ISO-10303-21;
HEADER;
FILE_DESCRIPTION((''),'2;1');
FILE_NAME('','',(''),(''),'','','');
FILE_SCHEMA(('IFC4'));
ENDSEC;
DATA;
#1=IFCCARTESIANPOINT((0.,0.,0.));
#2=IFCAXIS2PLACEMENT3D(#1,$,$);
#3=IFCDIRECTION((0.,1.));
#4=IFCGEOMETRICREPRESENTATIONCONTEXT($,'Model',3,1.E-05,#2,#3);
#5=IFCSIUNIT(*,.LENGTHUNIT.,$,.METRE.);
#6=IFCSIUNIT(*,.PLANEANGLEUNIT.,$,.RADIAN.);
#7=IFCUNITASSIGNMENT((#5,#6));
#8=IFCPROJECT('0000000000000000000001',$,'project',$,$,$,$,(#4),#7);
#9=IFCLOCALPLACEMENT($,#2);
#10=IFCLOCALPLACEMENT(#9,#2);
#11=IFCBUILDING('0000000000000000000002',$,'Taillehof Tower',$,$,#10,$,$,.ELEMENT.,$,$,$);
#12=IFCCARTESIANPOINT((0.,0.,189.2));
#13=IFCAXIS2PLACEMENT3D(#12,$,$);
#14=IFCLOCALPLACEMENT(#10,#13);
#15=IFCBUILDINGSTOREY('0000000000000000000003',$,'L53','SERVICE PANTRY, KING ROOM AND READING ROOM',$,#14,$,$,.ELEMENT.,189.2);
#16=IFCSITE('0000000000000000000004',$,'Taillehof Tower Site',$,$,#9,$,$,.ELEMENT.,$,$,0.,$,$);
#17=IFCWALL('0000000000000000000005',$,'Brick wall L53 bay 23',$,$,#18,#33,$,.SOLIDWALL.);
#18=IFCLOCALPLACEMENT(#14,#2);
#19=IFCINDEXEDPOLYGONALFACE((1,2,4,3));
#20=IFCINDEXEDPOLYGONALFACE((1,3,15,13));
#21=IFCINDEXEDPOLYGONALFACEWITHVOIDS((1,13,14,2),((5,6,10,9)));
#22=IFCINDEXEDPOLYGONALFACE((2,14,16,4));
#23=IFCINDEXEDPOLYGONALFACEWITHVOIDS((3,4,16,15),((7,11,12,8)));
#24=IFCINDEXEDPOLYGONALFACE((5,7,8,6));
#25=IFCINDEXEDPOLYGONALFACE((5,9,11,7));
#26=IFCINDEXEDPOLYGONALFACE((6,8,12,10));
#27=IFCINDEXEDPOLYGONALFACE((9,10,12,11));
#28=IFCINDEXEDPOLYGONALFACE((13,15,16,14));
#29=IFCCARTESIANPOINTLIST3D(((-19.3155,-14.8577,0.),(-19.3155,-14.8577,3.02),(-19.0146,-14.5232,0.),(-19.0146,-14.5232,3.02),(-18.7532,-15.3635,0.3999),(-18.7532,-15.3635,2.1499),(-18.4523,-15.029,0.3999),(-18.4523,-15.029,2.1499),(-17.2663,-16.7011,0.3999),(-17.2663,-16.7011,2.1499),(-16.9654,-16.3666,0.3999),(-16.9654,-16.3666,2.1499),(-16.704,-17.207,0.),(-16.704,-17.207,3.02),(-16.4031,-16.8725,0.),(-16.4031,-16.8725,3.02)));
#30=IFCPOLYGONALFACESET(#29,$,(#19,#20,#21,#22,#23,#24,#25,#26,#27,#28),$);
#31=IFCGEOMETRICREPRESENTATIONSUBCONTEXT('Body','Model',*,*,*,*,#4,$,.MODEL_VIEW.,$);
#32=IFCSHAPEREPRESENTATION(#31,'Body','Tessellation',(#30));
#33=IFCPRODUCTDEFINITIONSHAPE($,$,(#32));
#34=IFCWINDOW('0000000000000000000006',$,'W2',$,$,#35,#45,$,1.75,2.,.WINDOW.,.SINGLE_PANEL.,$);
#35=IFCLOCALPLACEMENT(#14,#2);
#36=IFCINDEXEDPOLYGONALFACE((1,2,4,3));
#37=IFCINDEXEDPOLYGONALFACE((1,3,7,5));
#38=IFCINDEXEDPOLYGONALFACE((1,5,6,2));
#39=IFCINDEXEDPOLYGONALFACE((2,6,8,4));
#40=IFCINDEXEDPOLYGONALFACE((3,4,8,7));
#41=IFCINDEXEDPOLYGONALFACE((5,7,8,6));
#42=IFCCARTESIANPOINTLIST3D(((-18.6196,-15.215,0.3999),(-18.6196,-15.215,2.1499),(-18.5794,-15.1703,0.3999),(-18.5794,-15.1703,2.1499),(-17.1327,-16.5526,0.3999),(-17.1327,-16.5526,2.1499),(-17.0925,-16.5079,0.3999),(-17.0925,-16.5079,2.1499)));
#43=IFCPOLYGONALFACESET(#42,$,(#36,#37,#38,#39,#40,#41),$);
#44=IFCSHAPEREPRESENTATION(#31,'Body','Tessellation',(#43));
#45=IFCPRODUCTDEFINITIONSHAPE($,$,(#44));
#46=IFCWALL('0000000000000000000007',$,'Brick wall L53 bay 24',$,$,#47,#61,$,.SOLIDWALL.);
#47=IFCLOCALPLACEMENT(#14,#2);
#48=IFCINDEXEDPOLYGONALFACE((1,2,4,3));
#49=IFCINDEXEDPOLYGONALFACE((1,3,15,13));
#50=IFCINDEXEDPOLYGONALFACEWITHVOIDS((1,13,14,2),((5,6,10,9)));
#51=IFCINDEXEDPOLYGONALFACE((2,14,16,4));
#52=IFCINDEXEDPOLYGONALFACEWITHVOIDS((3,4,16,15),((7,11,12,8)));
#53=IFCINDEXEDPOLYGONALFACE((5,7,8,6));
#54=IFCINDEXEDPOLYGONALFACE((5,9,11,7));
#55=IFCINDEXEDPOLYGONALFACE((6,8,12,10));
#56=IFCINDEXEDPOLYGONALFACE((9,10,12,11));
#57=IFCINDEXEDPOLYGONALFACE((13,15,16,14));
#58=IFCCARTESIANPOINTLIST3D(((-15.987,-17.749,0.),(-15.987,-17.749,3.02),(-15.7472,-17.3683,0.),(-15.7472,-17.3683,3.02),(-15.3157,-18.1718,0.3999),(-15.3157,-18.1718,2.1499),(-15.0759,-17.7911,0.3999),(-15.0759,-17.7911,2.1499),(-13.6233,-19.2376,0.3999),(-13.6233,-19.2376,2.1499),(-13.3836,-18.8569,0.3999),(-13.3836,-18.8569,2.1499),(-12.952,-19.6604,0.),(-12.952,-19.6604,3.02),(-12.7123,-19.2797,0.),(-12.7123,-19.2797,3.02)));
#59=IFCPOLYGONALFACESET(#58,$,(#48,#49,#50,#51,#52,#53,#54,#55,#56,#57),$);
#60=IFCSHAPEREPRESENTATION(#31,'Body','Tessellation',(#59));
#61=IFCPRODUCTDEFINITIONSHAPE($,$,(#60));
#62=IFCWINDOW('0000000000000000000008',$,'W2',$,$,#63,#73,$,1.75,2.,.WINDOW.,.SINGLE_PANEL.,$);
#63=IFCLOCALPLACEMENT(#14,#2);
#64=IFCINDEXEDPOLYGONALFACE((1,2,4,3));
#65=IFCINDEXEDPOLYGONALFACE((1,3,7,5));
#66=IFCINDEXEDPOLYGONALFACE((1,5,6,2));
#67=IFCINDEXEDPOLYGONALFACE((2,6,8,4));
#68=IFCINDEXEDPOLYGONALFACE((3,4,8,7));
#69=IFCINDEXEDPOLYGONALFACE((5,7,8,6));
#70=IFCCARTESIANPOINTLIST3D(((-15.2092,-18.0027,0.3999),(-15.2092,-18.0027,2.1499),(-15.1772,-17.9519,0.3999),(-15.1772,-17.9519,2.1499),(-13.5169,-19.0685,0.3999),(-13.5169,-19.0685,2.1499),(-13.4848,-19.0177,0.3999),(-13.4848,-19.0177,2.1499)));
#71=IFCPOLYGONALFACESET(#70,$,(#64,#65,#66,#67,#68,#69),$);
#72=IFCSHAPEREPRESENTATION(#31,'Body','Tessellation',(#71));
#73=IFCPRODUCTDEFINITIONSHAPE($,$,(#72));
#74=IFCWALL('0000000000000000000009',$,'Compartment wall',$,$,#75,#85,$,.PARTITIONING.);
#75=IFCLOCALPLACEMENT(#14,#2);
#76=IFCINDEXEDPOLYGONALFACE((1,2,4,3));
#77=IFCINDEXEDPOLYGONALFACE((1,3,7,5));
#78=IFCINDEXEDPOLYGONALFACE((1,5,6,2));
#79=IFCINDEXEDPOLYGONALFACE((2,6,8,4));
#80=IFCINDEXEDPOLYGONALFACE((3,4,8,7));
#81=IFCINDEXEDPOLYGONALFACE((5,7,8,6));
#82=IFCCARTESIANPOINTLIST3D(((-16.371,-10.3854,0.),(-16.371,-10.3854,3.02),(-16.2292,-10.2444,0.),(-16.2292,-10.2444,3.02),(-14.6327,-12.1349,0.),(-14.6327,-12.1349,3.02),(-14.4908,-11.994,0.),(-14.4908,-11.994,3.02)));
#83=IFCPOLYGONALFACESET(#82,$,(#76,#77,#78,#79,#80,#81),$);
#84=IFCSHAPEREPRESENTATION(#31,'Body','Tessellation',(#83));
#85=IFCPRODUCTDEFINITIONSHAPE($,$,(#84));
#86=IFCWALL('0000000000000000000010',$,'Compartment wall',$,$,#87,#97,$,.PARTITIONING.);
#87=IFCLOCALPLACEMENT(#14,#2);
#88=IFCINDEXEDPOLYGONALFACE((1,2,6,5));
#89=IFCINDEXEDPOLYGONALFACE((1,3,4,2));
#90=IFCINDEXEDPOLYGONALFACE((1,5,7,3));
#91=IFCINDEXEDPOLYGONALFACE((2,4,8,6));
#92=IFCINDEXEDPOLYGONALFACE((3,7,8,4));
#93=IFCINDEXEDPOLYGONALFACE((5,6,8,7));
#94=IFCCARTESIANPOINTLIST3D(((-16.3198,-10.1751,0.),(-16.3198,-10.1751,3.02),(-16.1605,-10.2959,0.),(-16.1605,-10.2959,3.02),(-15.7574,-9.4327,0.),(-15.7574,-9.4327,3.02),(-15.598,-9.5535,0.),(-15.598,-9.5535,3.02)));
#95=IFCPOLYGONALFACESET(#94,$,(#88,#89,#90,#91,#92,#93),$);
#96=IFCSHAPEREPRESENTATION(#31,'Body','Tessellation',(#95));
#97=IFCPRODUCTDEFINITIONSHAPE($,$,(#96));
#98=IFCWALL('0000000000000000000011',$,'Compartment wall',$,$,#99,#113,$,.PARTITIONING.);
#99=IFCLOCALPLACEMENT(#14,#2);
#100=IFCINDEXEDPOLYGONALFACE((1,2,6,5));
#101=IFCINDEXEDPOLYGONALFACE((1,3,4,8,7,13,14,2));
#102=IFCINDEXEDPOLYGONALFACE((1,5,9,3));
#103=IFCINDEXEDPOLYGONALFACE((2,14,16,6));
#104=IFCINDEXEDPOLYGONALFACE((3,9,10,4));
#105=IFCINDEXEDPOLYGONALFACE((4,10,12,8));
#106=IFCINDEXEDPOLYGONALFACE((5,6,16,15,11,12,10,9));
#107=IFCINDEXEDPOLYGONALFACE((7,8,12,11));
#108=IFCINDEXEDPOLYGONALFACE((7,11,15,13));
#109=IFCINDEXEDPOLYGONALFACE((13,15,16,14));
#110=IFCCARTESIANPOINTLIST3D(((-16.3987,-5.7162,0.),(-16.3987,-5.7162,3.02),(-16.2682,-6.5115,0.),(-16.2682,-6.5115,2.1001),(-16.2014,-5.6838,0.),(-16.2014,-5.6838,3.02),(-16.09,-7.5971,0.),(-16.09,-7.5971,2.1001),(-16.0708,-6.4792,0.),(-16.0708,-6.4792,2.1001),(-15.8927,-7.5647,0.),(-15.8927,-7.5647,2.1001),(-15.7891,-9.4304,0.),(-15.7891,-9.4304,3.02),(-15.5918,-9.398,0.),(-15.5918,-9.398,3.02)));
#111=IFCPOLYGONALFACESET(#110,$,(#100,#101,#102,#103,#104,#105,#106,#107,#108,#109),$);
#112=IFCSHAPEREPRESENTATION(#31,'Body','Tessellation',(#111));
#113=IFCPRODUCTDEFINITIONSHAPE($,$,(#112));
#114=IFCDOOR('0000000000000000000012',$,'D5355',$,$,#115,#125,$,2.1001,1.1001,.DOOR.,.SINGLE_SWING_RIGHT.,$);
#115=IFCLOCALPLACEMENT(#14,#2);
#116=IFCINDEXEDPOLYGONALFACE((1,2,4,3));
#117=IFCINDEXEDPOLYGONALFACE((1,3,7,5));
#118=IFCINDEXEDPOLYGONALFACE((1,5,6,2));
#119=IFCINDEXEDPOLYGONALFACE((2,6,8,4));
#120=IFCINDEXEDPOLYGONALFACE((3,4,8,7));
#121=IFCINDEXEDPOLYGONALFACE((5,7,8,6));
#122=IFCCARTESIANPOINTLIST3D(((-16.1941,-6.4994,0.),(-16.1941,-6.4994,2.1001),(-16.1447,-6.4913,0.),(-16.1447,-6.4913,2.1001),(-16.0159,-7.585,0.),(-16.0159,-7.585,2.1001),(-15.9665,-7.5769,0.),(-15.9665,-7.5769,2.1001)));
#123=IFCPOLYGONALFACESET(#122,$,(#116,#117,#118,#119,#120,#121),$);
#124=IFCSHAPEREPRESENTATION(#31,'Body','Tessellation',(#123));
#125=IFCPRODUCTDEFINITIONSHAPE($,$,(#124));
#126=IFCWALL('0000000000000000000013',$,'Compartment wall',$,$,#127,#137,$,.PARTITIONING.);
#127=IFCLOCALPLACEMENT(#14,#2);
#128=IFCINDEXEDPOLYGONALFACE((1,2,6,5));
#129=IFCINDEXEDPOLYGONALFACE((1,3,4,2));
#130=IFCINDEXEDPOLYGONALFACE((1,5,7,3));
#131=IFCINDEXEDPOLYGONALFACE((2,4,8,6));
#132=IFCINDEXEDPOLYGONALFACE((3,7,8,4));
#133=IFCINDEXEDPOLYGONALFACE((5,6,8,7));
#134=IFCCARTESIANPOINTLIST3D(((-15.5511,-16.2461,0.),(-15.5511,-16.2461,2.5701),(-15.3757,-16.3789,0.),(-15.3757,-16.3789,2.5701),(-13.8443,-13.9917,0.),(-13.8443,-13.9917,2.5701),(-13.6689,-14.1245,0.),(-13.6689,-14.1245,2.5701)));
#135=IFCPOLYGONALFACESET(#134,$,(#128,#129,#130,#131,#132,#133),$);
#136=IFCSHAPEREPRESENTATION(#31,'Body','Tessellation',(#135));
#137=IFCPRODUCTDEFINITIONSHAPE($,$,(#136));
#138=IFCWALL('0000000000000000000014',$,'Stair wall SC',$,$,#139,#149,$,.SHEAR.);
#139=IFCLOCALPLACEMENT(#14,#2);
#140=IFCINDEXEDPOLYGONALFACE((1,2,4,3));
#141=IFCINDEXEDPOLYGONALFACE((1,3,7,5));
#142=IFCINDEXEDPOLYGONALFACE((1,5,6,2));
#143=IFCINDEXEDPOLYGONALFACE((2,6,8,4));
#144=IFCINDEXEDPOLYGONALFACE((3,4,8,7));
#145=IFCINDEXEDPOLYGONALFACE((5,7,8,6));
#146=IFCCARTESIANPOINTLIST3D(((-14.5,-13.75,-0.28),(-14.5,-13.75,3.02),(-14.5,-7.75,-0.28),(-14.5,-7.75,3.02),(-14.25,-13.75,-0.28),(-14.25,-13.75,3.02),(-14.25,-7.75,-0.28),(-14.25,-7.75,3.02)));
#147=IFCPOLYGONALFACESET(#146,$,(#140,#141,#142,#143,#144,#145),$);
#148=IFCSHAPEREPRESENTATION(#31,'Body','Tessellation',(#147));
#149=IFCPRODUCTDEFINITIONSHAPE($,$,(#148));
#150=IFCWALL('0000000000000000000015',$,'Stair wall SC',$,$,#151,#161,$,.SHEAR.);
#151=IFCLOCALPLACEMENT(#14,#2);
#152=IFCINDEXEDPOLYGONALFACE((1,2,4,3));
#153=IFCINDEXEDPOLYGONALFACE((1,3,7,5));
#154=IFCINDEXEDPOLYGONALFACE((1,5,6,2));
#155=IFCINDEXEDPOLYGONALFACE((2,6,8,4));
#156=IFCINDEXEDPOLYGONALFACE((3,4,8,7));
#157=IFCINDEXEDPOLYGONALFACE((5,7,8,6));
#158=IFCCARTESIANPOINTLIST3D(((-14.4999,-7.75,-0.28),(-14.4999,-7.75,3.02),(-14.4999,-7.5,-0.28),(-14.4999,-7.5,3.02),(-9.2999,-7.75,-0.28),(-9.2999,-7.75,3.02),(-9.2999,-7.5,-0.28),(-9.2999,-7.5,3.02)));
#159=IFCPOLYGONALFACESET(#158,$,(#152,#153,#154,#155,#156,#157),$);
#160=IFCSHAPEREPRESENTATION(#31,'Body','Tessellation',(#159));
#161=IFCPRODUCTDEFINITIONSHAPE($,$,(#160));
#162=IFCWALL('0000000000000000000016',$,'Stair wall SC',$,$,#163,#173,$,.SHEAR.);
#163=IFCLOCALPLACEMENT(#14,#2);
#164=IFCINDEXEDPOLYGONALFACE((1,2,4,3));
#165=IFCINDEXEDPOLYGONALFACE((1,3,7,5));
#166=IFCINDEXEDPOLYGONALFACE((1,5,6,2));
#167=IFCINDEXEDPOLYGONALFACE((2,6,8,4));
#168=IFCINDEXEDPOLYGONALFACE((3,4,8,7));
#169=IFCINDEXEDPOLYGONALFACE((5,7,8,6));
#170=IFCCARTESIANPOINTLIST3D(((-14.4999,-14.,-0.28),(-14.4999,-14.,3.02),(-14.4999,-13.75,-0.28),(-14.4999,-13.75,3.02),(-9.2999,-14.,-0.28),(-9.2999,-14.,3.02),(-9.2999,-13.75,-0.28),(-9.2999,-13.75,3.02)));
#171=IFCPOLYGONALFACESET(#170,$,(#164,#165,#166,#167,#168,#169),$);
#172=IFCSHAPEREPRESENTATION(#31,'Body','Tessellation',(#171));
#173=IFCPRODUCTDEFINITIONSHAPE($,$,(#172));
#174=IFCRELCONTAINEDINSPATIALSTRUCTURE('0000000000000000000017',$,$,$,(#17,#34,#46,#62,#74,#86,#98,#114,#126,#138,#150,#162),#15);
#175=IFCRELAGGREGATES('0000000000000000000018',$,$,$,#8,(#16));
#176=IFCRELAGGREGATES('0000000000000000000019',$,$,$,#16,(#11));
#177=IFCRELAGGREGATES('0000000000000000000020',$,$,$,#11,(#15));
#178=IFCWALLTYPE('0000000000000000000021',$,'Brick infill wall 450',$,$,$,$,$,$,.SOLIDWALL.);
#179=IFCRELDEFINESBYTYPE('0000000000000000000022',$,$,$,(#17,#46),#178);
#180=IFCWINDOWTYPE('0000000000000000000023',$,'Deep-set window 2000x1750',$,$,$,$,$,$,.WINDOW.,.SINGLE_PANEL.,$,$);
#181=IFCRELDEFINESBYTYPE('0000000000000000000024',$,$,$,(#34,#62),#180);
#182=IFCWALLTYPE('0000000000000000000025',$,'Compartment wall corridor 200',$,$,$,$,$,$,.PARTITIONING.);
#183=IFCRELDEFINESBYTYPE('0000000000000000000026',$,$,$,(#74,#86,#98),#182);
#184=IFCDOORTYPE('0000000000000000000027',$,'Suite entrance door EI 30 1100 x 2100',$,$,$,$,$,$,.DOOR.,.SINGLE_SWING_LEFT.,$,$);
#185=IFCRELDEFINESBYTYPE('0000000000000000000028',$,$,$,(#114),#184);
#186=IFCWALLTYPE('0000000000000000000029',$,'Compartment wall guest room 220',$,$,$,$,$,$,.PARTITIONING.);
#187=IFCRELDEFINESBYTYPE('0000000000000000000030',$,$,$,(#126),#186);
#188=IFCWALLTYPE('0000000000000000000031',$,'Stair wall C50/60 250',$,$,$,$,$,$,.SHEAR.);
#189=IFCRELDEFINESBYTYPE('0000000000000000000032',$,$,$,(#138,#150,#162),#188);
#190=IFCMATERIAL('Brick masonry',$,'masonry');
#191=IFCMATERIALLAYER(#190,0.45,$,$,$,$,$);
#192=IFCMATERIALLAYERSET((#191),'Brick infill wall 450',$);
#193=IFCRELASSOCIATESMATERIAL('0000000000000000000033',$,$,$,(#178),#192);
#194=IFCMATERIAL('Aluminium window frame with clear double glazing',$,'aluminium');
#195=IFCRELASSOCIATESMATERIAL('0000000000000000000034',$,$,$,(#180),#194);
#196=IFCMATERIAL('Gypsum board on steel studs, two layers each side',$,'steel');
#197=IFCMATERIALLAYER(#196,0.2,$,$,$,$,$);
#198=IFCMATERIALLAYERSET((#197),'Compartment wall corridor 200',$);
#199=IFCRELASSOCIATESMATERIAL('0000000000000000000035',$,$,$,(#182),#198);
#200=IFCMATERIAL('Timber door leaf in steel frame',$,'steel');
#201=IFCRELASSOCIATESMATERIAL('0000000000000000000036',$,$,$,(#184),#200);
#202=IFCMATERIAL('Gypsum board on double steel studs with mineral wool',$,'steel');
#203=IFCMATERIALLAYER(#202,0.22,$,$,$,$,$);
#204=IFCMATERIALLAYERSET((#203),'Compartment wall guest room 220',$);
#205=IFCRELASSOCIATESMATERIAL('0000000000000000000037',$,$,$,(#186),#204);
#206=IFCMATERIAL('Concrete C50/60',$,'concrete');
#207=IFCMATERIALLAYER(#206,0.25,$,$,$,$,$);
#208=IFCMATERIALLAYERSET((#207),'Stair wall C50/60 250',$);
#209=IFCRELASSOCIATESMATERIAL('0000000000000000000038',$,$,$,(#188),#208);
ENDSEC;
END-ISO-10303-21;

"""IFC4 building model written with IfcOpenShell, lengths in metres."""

from ifc_helpers import new_model, si_unit, direction, frame, frame_2d, origin, place, context, subcontext, project, spatial, rectangle, extrude, material, layer, layer_set, type_object, element, fill, save


model = new_model("IFC4")

# Units and contexts
model_context = context("Model", 3, precision=1e-05, world=origin(), true_north=direction((0.0, 1.0)))
body_context = subcontext(model_context, "Body", "Model", "MODEL_VIEW")
ifc_project = project(units=[si_unit("LENGTHUNIT", "METRE"), si_unit("PLANEANGLEUNIT", "RADIAN")], contexts=[model_context])

# Site, building, storey
site_placement = place(None, origin())
site = spatial("IfcSite", under=ifc_project, at=site_placement, Name="Taillehof Tower Site", CompositionType="ELEMENT", RefElevation=0.0)
building_placement = place(site_placement, origin())
building = spatial("IfcBuilding", under=site, at=building_placement, Name="Taillehof Tower", CompositionType="ELEMENT")
storey_placement = place(building_placement, frame((0.0, 0.0, 189.2)))
storey = spatial("IfcBuildingStorey", under=building, at=storey_placement, Name="L53", Description="SERVICE PANTRY, KING ROOM AND READING ROOM", CompositionType="ELEMENT", Elevation=189.2)

# Walls, openings, windows
ifc_material_1 = material(Name="Brick masonry", Category="masonry")
ifc_layer_1 = layer(ifc_material_1, 0.45)
ifc_layer_set_1 = layer_set([ifc_layer_1], Name="Brick infill wall 450")
wall_type_1 = type_object("IfcWallType", Name="Brick infill wall 450", PredefinedType="SOLIDWALL", material=ifc_layer_set_1)
ifc_material_2 = material(Name="Aluminium window frame with clear double glazing", Category="aluminium")
window_type = type_object("IfcWindowType", Name="Deep-set window 2000x1750", PartitioningType="SINGLE_PANEL", PredefinedType="WINDOW", material=ifc_material_2)
wall_1_placement = place(storey_placement, frame((-19.165, -14.6904, 0.0), z_axis=(0.0, 0.0, 1.0), x_axis=(0.743443, -0.6688, 0.0)))
wall_1 = element("IfcWall", 1, at=wall_1_placement, inside=storey, type_object=wall_type_1, Name="Brick wall L53 bay 23", PredefinedType="SOLIDWALL", context=body_context, shape_type="SweptSolid", body=[
    extrude(rectangle(XDim=3.5127, YDim=0.45, at=frame_2d((1.7563, 0.0))), origin(), (0.0, 0.0, 1.0), 3.02),
])
opening_1_placement = place(wall_1_placement, frame((0.7563, 0.0, 0.3999)))
opening_1 = element("IfcOpeningElement", 2, at=opening_1_placement, cuts=wall_1, PredefinedType="OPENING", context=body_context, shape_type="SweptSolid", body=[
    extrude(rectangle(XDim=2.0, YDim=1.75, at=frame_2d((1.0, 0.875))), frame((0.0, 0.2349, 0.0), z_axis=(0.0, -1.0, 0.0), x_axis=(1.0, 0.0, 0.0)), (0.0, 0.0, 1.0), 0.47),
])
window_1_placement = place(opening_1_placement, origin())
window_1 = element("IfcWindow", 3, at=window_1_placement, inside=storey, type_object=window_type, Name="W2", OverallHeight=1.75, OverallWidth=2.0, PartitioningType="SINGLE_PANEL", PredefinedType="WINDOW", context=body_context, shape_type="SweptSolid", body=[
    extrude(rectangle(XDim=2.0, YDim=1.75, at=frame_2d((1.0, 0.875))), frame((0.0, 0.0349, 0.0), z_axis=(0.0, -1.0, 0.0), x_axis=(1.0, 0.0, 0.0)), (0.0, 0.0, 1.0), 0.0601),
])
fill(opening_1, window_1)
wall_2_placement = place(storey_placement, frame((-15.8672, -17.5586, 0.0), z_axis=(0.0, 0.0, 1.0), x_axis=(0.846169, -0.532914, 0.0)))
wall_2 = element("IfcWall", 4, at=wall_2_placement, inside=storey, type_object=wall_type_1, Name="Brick wall L53 bay 24", PredefinedType="SOLIDWALL", context=body_context, shape_type="SweptSolid", body=[
    extrude(rectangle(XDim=3.5867, YDim=0.45, at=frame_2d((1.7935, 0.0))), origin(), (0.0, 0.0, 1.0), 3.02),
])
opening_2_placement = place(wall_2_placement, frame((0.7935, 0.0, 0.3999)))
opening_2 = element("IfcOpeningElement", 5, at=opening_2_placement, cuts=wall_2, PredefinedType="OPENING", context=body_context, shape_type="SweptSolid", body=[
    extrude(rectangle(XDim=2.0, YDim=1.75, at=frame_2d((1.0, 0.875))), frame((0.0, 0.2349, 0.0), z_axis=(0.0, -1.0, 0.0), x_axis=(1.0, 0.0, 0.0)), (0.0, 0.0, 1.0), 0.47),
])
window_2_placement = place(opening_2_placement, origin())
window_2 = element("IfcWindow", 6, at=window_2_placement, inside=storey, type_object=window_type, Name="W2", OverallHeight=1.75, OverallWidth=2.0, PartitioningType="SINGLE_PANEL", PredefinedType="WINDOW", context=body_context, shape_type="SweptSolid", body=[
    extrude(rectangle(XDim=2.0, YDim=1.75, at=frame_2d((1.0, 0.875))), frame((0.0, 0.0349, 0.0), z_axis=(0.0, -1.0, 0.0), x_axis=(1.0, 0.0, 0.0)), (0.0, 0.0, 1.0), 0.0601),
])
fill(opening_2, window_2)

# Walls
ifc_material_3 = material(Name="Gypsum board on steel studs, two layers each side", Category="steel")
ifc_layer_2 = layer(ifc_material_3, 0.2)
ifc_layer_set_2 = layer_set([ifc_layer_2], Name="Compartment wall corridor 200")
wall_type_2 = type_object("IfcWallType", Name="Compartment wall corridor 200", PredefinedType="PARTITIONING", material=ifc_layer_set_2)
wall_3_placement = place(storey_placement, frame((-14.5618, -12.0645, 0.0), z_axis=(0.0, 0.0, 1.0), x_axis=(-0.704826, 0.70938, 0.0)))
element("IfcWall", 7, at=wall_3_placement, inside=storey, type_object=wall_type_2, Name="Compartment wall", PredefinedType="PARTITIONING", context=body_context, shape_type="SweptSolid", body=[
    extrude(rectangle(XDim=2.4663, YDim=0.2, at=frame_2d((1.2332, 0.0))), origin(), (0.0, 0.0, 1.0), 3.02),
])
wall_4_placement = place(storey_placement, frame((-16.2402, -10.2356, 0.0), z_axis=(0.0, 0.0, 1.0), x_axis=(0.603893, 0.797065, 0.0)))
element("IfcWall", 8, at=wall_4_placement, inside=storey, type_object=wall_type_2, Name="Compartment wall", PredefinedType="PARTITIONING", context=body_context, shape_type="SweptSolid", body=[
    extrude(rectangle(XDim=0.9314, YDim=0.2, at=frame_2d((0.4658, 0.0))), origin(), (0.0, 0.0, 1.0), 3.02),
])

# Wall, opening, door
wall_5_placement = place(storey_placement, frame((-15.6904, -9.4141, 0.0), z_axis=(0.0, 0.0, 1.0), x_axis=(-0.161969, 0.986796, 0.0)))
wall_5 = element("IfcWall", 9, at=wall_5_placement, inside=storey, type_object=wall_type_2, Name="Compartment wall", PredefinedType="PARTITIONING", context=body_context, shape_type="SweptSolid", body=[
    extrude(rectangle(XDim=3.7639, YDim=0.2, at=frame_2d((1.8818, 0.0))), origin(), (0.0, 0.0, 1.0), 3.02),
])
opening_3_placement = place(wall_5_placement, frame((1.8577, 0.0, 0.0)))
opening_3 = element("IfcOpeningElement", 10, at=opening_3_placement, cuts=wall_5, PredefinedType="OPENING", context=body_context, shape_type="SweptSolid", body=[
    extrude(rectangle(XDim=1.1001, YDim=2.1001, at=frame_2d((0.55, 1.05))), frame((0.0, 0.1099, 0.0), z_axis=(0.0, -1.0, 0.0), x_axis=(1.0, 0.0, 0.0)), (0.0, 0.0, 1.0), 0.22),
])
ifc_material_4 = material(Name="Timber door leaf in steel frame", Category="steel")
door_type = type_object("IfcDoorType", Name="Suite entrance door EI 30 1100 x 2100", OperationType="SINGLE_SWING_LEFT", PredefinedType="DOOR", material=ifc_material_4)
door_placement = place(opening_3_placement, origin())
door = element("IfcDoor", 11, at=door_placement, inside=storey, type_object=door_type, Name="D5355", OperationType="SINGLE_SWING_RIGHT", OverallHeight=2.1001, OverallWidth=1.1001, PredefinedType="DOOR", context=body_context, shape_type="SweptSolid", body=[
    extrude(rectangle(XDim=1.1001, YDim=2.1001, at=frame_2d((0.55, 1.05))), frame((0.0, 0.0249, 0.0), z_axis=(0.0, -1.0, 0.0), x_axis=(1.0, 0.0, 0.0)), (0.0, 0.0, 1.0), 0.05),
])
fill(opening_3, door)

# Walls
ifc_material_5 = material(Name="Gypsum board on double steel studs with mineral wool", Category="steel")
ifc_layer_3 = layer(ifc_material_5, 0.22)
ifc_layer_set_3 = layer_set([ifc_layer_3], Name="Compartment wall guest room 220")
wall_type_3 = type_object("IfcWallType", Name="Compartment wall guest room 220", PredefinedType="PARTITIONING", material=ifc_layer_set_3)
wall_6_placement = place(storey_placement, frame((-15.4634, -16.3125, 0.0), z_axis=(0.0, 0.0, 1.0), x_axis=(0.603613, 0.797277, 0.0)))
element("IfcWall", 12, at=wall_6_placement, inside=storey, type_object=wall_type_3, Name="Compartment wall", PredefinedType="PARTITIONING", context=body_context, shape_type="SweptSolid", body=[
    extrude(rectangle(XDim=2.8276, YDim=0.22, at=frame_2d((1.4138, 0.0))), origin(), (0.0, 0.0, 1.0), 2.5701),
])
ifc_material_6 = material(Name="Concrete C50/60", Category="concrete")
ifc_layer_4 = layer(ifc_material_6, 0.25)
ifc_layer_set_4 = layer_set([ifc_layer_4], Name="Stair wall C50/60 250")
wall_type_4 = type_object("IfcWallType", Name="Stair wall C50/60 250", PredefinedType="SHEAR", material=ifc_layer_set_4)
wall_7_placement = place(storey_placement, frame((-14.375, -13.75, -0.28), z_axis=(0.0, 0.0, 1.0), x_axis=(0.0, 1.0, 0.0)))
element("IfcWall", 13, at=wall_7_placement, inside=storey, type_object=wall_type_4, Name="Stair wall SC", PredefinedType="SHEAR", context=body_context, shape_type="SweptSolid", body=[
    extrude(rectangle(XDim=6.0, YDim=0.25, at=frame_2d((3.0, 0.0))), origin(), (0.0, 0.0, 1.0), 3.3),
])
for number, where, z_axis, x_axis, name in (
    (14, (-14.5, -7.625, -0.28), (0.0, 0.0, 1.0), (1.0, 0.0, 0.0), "Stair wall SC"),
    (15, (-14.5, -13.875, -0.28), (0.0, 0.0, 1.0), (1.0, 0.0, 0.0), "Stair wall SC"),
):
    element("IfcWall", number, at=place(storey_placement, frame(where, z_axis=z_axis, x_axis=x_axis)), inside=storey, type_object=wall_type_4, Name=name, PredefinedType="SHEAR", context=body_context, shape_type="SweptSolid", body=[
        extrude(rectangle(XDim=5.2, YDim=0.25, at=frame_2d((2.6001, 0.0))), origin(), (0.0, 0.0, 1.0), 3.3),
    ])

save(model, "model.ifc")
